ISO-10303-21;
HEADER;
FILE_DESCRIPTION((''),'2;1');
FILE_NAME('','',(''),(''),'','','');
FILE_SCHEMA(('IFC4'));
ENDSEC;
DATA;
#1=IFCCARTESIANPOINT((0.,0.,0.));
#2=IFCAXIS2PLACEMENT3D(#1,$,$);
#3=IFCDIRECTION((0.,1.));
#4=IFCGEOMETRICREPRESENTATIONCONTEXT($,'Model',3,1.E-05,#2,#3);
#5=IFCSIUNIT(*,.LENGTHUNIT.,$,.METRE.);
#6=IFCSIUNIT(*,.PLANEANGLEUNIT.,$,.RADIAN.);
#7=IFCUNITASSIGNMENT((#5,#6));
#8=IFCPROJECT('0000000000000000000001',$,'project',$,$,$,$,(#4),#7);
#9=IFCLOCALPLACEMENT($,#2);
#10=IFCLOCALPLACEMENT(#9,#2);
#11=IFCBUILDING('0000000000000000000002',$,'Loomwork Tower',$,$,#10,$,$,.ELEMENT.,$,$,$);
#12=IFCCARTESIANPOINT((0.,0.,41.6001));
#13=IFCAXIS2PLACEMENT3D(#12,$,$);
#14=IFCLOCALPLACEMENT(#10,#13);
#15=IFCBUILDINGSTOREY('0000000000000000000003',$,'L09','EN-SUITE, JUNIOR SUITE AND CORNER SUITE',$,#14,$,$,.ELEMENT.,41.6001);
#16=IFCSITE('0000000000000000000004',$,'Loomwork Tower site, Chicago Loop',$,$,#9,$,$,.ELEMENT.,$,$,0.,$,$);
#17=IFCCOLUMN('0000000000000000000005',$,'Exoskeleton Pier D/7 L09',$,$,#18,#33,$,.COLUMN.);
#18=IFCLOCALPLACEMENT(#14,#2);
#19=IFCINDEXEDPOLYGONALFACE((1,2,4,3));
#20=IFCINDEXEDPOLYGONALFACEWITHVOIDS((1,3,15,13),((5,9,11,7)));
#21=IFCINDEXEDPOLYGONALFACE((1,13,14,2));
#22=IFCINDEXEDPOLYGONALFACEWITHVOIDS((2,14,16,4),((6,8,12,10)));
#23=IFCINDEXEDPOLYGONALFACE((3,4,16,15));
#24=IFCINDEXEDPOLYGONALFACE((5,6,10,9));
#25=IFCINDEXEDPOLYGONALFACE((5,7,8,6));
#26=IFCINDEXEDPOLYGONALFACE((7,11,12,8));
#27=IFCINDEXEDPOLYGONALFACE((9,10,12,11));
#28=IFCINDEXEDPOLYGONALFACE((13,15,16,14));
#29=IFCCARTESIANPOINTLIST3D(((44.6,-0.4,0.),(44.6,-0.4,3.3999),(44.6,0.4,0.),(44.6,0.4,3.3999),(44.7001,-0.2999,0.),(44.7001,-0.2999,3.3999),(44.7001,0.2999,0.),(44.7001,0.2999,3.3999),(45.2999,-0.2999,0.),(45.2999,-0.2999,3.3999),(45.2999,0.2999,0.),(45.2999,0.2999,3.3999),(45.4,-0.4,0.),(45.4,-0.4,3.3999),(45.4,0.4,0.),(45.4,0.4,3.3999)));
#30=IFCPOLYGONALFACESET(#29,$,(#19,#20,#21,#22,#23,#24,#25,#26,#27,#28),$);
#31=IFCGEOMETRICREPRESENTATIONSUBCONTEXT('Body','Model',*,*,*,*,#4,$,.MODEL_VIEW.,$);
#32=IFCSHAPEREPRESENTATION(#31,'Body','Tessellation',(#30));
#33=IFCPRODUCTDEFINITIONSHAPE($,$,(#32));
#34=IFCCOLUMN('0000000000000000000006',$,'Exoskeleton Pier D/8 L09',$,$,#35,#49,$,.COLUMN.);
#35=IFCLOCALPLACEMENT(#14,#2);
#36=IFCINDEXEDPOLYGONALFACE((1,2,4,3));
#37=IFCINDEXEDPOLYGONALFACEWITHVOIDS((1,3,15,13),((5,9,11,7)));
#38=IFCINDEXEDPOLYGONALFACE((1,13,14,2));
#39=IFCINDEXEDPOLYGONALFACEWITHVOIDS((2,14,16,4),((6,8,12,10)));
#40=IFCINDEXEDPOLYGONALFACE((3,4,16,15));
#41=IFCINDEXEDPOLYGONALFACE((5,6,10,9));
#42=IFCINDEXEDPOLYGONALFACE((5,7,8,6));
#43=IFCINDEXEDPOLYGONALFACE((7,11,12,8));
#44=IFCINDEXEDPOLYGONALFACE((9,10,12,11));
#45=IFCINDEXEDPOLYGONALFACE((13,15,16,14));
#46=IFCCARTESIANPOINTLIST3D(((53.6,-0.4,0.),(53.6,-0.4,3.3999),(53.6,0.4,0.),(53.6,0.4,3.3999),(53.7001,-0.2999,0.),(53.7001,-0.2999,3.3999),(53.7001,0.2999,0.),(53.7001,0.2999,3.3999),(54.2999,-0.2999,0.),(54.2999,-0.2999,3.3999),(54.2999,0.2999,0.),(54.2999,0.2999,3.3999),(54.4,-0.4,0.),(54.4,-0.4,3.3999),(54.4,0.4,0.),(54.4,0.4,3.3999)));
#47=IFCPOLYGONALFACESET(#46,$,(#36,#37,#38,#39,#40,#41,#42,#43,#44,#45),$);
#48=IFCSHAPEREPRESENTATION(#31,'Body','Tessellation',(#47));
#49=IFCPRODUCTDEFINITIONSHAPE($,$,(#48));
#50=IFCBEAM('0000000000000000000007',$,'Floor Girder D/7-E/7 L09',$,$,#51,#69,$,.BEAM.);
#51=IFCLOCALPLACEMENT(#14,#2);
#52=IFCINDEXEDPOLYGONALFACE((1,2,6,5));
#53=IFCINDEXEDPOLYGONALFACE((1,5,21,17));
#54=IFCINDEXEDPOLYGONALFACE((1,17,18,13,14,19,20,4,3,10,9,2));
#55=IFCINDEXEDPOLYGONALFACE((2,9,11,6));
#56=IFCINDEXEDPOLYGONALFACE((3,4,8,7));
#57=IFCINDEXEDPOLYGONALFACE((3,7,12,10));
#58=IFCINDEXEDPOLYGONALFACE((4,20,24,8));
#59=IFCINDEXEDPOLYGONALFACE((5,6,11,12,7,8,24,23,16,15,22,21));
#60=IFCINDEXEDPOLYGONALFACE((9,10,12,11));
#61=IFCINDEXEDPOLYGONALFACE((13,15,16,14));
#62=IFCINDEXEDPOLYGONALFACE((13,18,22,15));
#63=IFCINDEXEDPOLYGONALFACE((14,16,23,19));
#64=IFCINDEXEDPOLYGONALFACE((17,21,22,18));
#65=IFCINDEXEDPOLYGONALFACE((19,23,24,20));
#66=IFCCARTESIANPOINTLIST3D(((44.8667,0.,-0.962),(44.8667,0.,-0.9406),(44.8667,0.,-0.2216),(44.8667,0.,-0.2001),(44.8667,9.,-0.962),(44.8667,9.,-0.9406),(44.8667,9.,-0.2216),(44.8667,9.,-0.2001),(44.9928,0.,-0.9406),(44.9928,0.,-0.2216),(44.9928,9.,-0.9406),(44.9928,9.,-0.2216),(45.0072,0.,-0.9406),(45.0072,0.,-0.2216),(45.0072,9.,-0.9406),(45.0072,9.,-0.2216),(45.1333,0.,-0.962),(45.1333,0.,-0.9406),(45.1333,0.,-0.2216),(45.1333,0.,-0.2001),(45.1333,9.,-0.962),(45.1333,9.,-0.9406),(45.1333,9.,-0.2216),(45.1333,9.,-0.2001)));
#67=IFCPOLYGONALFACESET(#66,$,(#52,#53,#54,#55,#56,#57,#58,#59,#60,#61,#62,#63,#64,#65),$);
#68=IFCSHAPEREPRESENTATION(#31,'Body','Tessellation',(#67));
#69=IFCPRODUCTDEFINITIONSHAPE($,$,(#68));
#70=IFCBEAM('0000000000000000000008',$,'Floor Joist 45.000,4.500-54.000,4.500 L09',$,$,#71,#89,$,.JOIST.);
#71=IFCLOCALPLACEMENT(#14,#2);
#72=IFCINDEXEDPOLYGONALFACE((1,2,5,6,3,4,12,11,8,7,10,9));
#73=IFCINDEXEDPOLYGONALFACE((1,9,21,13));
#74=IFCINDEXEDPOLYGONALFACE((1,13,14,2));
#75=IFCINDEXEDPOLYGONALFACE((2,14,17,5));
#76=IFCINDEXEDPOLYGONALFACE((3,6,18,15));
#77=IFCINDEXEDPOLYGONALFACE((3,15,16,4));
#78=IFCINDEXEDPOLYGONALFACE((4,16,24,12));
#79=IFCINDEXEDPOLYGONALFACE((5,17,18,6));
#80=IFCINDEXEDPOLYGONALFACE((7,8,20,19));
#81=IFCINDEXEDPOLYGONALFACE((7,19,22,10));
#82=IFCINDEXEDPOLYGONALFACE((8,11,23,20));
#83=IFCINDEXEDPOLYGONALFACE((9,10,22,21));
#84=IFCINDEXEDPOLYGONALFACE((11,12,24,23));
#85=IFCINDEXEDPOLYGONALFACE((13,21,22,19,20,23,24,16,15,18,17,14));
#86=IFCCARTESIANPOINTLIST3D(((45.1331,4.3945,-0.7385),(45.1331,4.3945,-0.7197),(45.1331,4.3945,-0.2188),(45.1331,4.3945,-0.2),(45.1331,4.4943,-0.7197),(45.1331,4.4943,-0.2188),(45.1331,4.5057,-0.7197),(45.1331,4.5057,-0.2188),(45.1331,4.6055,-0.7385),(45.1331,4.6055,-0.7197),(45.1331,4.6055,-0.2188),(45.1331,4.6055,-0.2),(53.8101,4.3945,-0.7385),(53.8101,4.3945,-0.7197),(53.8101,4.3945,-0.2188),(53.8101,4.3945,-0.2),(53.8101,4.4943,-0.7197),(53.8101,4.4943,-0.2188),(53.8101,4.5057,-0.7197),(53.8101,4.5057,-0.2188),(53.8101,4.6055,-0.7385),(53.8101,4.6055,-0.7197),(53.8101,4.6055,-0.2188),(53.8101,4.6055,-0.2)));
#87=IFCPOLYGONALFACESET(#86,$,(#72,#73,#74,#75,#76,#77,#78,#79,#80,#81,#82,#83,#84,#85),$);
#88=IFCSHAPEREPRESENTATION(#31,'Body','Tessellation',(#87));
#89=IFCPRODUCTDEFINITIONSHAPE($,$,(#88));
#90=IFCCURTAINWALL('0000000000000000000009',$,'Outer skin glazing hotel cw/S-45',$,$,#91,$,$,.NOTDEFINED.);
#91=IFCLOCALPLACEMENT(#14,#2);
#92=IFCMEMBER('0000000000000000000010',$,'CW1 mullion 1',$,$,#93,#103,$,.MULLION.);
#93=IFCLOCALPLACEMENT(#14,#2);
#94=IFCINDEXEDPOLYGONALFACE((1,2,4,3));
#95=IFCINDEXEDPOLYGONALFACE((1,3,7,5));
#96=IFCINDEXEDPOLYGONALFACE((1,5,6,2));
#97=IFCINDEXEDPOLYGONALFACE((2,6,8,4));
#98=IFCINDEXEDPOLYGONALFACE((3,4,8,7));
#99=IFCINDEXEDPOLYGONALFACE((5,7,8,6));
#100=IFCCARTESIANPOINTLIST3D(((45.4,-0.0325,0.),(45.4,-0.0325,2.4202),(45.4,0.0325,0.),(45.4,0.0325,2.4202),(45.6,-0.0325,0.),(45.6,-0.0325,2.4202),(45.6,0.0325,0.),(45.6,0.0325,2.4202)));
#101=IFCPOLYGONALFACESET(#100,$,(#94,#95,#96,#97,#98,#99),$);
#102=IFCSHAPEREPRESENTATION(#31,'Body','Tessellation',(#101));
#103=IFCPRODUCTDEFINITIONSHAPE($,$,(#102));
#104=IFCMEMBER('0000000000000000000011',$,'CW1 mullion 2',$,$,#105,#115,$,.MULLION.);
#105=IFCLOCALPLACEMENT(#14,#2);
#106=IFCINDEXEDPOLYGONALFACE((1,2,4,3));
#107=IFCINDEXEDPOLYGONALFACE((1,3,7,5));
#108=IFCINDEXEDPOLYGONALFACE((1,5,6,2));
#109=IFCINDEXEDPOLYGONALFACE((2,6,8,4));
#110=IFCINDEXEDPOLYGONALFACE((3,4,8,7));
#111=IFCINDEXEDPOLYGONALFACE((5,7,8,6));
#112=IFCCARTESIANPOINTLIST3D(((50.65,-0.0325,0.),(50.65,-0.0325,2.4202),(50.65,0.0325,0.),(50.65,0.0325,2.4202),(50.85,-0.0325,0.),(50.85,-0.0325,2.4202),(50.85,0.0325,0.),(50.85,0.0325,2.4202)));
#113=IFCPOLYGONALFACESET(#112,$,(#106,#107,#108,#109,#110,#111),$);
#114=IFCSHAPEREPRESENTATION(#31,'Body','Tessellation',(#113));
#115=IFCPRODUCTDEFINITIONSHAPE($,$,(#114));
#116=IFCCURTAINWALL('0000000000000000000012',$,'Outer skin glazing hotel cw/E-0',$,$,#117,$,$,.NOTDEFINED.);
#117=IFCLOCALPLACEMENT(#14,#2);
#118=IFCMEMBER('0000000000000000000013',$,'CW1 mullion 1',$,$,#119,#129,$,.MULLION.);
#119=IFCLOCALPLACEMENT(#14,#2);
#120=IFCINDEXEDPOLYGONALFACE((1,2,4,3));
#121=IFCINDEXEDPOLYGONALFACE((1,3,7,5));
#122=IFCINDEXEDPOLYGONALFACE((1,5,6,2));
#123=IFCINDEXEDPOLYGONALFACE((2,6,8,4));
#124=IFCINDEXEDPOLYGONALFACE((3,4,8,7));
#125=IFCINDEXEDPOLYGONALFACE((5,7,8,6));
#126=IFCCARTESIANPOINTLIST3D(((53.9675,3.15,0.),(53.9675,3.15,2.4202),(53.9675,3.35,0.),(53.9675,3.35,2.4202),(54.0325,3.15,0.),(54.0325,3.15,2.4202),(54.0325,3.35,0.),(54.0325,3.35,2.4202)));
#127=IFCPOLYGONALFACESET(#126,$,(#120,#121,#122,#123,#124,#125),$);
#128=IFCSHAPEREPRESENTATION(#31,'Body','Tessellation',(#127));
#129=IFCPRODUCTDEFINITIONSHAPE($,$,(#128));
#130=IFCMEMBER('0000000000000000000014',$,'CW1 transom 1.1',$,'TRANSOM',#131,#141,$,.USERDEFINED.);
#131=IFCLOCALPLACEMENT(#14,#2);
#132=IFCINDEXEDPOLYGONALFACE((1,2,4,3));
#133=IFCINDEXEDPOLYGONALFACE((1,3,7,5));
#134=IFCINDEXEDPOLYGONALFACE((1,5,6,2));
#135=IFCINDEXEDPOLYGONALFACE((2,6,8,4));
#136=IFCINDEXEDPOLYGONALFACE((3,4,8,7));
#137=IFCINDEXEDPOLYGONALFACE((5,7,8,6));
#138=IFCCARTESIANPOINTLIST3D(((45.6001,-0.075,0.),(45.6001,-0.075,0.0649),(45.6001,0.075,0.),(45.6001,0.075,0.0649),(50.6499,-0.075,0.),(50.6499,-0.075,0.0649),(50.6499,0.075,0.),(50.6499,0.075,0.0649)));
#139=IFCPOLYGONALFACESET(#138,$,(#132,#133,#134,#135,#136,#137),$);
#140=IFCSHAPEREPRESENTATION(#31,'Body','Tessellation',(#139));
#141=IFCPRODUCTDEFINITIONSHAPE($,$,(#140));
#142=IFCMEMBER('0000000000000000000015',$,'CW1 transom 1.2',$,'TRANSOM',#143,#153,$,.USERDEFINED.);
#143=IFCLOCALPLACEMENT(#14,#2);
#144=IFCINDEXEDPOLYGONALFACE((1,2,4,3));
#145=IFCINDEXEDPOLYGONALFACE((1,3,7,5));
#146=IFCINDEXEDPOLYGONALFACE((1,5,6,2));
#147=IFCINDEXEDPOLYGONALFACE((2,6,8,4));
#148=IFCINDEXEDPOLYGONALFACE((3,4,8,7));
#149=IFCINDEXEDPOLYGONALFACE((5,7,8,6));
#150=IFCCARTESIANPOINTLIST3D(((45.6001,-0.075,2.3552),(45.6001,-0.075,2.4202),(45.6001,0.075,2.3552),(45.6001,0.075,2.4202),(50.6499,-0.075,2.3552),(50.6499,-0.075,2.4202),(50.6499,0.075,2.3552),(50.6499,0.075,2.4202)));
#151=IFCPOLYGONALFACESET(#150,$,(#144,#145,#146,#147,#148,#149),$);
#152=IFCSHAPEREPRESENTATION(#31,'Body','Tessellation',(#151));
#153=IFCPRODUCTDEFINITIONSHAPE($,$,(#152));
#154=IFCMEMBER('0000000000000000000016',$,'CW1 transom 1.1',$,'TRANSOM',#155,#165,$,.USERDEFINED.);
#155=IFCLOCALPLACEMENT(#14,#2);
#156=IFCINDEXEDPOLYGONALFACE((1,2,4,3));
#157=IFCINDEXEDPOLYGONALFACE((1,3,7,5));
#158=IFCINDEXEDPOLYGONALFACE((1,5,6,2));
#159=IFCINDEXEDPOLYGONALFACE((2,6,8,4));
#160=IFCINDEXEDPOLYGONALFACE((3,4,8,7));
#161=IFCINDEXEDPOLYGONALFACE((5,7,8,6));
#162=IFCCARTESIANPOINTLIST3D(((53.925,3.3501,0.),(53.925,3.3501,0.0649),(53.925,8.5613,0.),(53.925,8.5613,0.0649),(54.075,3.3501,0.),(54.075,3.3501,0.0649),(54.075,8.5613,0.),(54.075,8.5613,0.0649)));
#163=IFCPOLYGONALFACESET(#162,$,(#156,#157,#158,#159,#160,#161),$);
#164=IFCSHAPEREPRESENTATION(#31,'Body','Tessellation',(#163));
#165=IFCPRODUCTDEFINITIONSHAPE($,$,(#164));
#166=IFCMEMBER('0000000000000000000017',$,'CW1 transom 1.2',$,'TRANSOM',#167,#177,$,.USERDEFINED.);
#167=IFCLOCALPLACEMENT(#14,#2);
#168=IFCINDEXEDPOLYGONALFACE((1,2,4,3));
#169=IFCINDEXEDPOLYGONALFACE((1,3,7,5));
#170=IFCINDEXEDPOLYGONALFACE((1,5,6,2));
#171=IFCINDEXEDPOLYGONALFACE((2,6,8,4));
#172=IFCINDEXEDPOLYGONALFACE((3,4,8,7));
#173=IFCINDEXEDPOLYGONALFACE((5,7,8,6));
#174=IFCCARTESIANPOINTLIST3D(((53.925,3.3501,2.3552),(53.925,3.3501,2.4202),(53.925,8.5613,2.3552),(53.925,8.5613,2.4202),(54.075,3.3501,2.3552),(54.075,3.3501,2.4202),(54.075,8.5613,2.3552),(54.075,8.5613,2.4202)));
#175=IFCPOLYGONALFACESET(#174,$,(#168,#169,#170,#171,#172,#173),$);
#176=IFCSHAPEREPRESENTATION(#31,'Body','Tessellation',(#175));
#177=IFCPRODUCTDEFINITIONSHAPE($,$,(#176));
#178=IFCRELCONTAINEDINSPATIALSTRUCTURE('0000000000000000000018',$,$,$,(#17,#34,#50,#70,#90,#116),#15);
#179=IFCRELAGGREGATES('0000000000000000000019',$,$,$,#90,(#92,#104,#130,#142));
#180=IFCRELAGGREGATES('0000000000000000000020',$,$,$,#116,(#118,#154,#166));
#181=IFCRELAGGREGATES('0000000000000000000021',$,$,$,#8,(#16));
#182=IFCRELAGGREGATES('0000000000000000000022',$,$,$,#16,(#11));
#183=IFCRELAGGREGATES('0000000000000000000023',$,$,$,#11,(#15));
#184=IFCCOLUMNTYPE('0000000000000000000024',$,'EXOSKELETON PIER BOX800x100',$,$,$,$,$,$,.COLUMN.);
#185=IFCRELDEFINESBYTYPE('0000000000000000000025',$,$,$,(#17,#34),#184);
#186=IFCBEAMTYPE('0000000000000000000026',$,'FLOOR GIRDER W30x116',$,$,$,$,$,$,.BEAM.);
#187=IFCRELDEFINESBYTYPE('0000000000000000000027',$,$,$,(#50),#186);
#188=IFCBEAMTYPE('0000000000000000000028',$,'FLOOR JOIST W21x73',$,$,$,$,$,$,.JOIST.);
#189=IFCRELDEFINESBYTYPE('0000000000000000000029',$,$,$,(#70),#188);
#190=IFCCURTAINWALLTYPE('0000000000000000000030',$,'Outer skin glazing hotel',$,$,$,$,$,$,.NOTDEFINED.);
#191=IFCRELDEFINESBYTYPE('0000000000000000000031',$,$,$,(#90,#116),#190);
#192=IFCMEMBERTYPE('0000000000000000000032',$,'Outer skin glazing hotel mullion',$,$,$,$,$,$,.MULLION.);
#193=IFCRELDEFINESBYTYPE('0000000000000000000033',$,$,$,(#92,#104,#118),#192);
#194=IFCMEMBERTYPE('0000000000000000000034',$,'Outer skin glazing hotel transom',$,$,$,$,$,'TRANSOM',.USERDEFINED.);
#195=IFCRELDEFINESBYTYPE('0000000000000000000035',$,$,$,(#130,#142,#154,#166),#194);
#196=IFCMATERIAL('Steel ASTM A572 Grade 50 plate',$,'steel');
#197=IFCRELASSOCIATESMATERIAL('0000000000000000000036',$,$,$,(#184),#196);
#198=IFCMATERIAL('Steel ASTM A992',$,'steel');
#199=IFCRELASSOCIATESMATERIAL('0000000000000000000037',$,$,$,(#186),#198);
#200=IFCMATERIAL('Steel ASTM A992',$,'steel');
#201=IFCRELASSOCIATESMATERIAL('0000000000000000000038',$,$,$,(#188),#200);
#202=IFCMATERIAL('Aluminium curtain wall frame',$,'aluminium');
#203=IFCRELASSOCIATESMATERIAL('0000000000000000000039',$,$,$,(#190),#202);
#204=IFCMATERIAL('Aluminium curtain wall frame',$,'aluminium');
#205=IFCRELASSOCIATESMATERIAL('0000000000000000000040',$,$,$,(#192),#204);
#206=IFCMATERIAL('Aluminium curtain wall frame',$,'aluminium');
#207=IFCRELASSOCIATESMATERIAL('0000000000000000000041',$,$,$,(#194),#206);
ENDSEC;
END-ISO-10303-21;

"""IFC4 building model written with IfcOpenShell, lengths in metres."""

from ifc_helpers import new_model, si_unit, direction, frame, origin, origin_2d, place, context, subcontext, project, spatial, rectangle, hollow_rectangle, i_section, extrude, material, material_profile, profile_set, type_object, element, aggregate, save


model = new_model("IFC4")

# Units and contexts
model_context = context("Model", 3, precision=1e-05, world=origin(), true_north=direction((0.0, 1.0)))
body_context = subcontext(model_context, "Body", "Model", "MODEL_VIEW")
ifc_project = project(units=[si_unit("LENGTHUNIT", "METRE"), si_unit("PLANEANGLEUNIT", "RADIAN")], contexts=[model_context])

# Site, building, storey
site_placement = place(None, origin())
site = spatial("IfcSite", under=ifc_project, at=site_placement, Name="Loomwork Tower site, Chicago Loop", CompositionType="ELEMENT", RefElevation=0.0)
building_placement = place(site_placement, origin())
building = spatial("IfcBuilding", under=site, at=building_placement, Name="Loomwork Tower", CompositionType="ELEMENT")
storey_placement = place(building_placement, frame((0.0, 0.0, 41.6001)))
storey = spatial("IfcBuildingStorey", under=building, at=storey_placement, Name="L09", Description="EN-SUITE, JUNIOR SUITE AND CORNER SUITE", CompositionType="ELEMENT", Elevation=41.6001)

# Columns
ifc_material_1 = material(Name="Steel ASTM A572 Grade 50 plate", Category="steel")
ifc_material_profile_1 = material_profile(ifc_material_1, hollow_rectangle(XDim=0.8, YDim=0.8, WallThickness=0.1001, at=origin_2d()), Name="BOX800x100")
ifc_profile_set_1 = profile_set([ifc_material_profile_1], Name="Steel ASTM A572 Grade 50 plate")
column_type = type_object("IfcColumnType", Name="EXOSKELETON PIER BOX800x100", PredefinedType="COLUMN", material=ifc_profile_set_1)
for number, where, z_axis, x_axis, name in (
    (1, (45.0, 0.0, 0.0), (0.0, 0.0, 1.0), (1.0, 0.0, 0.0), "Exoskeleton Pier D/7 L09"),
    (2, (54.0, 0.0, 0.0), (0.0, 0.0, 1.0), (1.0, 0.0, 0.0), "Exoskeleton Pier D/8 L09"),
):
    element("IfcColumn", number, at=place(storey_placement, frame(where, z_axis=z_axis, x_axis=x_axis)), inside=storey, type_object=column_type, Name=name, PredefinedType="COLUMN", context=body_context, shape_type="SweptSolid", body=[
        extrude(hollow_rectangle(XDim=0.8, YDim=0.8, WallThickness=0.1001, at=origin_2d()), origin(), (0.0, 0.0, 1.0), 3.3999),
    ])

# Beams
ifc_material_2 = material(Name="Steel ASTM A992", Category="steel")
ifc_material_profile_2 = material_profile(ifc_material_2, i_section(OverallWidth=0.2666, OverallDepth=0.762, WebThickness=0.0144, FlangeThickness=0.0215, at=origin_2d()), Name="W30x116")
ifc_profile_set_2 = profile_set([ifc_material_profile_2], Name="Steel ASTM A992")
beam_type_1 = type_object("IfcBeamType", Name="FLOOR GIRDER W30x116", PredefinedType="BEAM", material=ifc_profile_set_2)
beam_1_placement = place(storey_placement, frame((45.0, 0.0, -0.5811), z_axis=(0.0, 1.0, 0.0), x_axis=(-1.0, 0.0, 0.0)))
element("IfcBeam", 3, at=beam_1_placement, inside=storey, type_object=beam_type_1, Name="Floor Girder D/7-E/7 L09", PredefinedType="BEAM", context=body_context, shape_type="SweptSolid", body=[
    extrude(i_section(OverallWidth=0.2666, OverallDepth=0.762, WebThickness=0.0144, FlangeThickness=0.0215, at=origin_2d()), origin(), (0.0, 0.0, 1.0), 9.0),
])
ifc_material_3 = material(Name="Steel ASTM A992", Category="steel")
ifc_material_profile_3 = material_profile(ifc_material_3, i_section(OverallWidth=0.2109, OverallDepth=0.5386, WebThickness=0.0115, FlangeThickness=0.0188, at=origin_2d()), Name="W21x73")
ifc_profile_set_3 = profile_set([ifc_material_profile_3], Name="Steel ASTM A992")
beam_type_2 = type_object("IfcBeamType", Name="FLOOR JOIST W21x73", PredefinedType="JOIST", material=ifc_profile_set_3)
beam_2_placement = place(storey_placement, frame((45.1331, 4.5, -0.4692), z_axis=(1.0, 0.0, 0.0), x_axis=(0.0, 1.0, 0.0)))
element("IfcBeam", 4, at=beam_2_placement, inside=storey, type_object=beam_type_2, Name="Floor Joist 45.000,4.500-54.000,4.500 L09", PredefinedType="JOIST", context=body_context, shape_type="SweptSolid", body=[
    extrude(i_section(OverallWidth=0.2109, OverallDepth=0.5386, WebThickness=0.0115, FlangeThickness=0.0188, at=origin_2d()), origin(), (0.0, 0.0, 1.0), 8.677),
])

# Curtain wall, members
ifc_material_4 = material(Name="Aluminium curtain wall frame", Category="aluminium")
curtain_wall_type = type_object("IfcCurtainWallType", Name="Outer skin glazing hotel", PredefinedType="NOTDEFINED", material=ifc_material_4)
curtain_wall_1_placement = place(storey_placement, origin())
curtain_wall_1 = element("IfcCurtainWall", 5, at=curtain_wall_1_placement, inside=storey, type_object=curtain_wall_type, Name="Outer skin glazing hotel cw/S-45", PredefinedType="NOTDEFINED")
ifc_material_5 = material(Name="Aluminium curtain wall frame", Category="aluminium")
ifc_material_profile_4 = material_profile(ifc_material_5, rectangle(XDim=0.0649, YDim=0.2, at=origin_2d()), Name="AL 65x200")
ifc_profile_set_4 = profile_set([ifc_material_profile_4], Name="Aluminium curtain wall frame")
member_type_1 = type_object("IfcMemberType", Name="Outer skin glazing hotel mullion", PredefinedType="MULLION", material=ifc_profile_set_4)
member_1_placement = place(storey_placement, frame((45.5, 0.0, 0.0), z_axis=(0.0, 0.0, 1.0), x_axis=(0.0, 1.0, 0.0)))
member_1 = element("IfcMember", 6, at=member_1_placement, type_object=member_type_1, Name="CW1 mullion 1", PredefinedType="MULLION", context=body_context, shape_type="SweptSolid", body=[
    extrude(rectangle(XDim=0.0649, YDim=0.2, at=origin_2d()), origin(), (0.0, 0.0, 1.0), 2.4202),
])
member_2_placement = place(storey_placement, frame((50.75, 0.0, 0.0), z_axis=(0.0, 0.0, 1.0), x_axis=(0.0, 1.0, 0.0)))
member_2 = element("IfcMember", 7, at=member_2_placement, type_object=member_type_1, Name="CW1 mullion 2", PredefinedType="MULLION", context=body_context, shape_type="SweptSolid", body=[
    extrude(rectangle(XDim=0.0649, YDim=0.2, at=origin_2d()), origin(), (0.0, 0.0, 1.0), 2.4202),
])

# Curtain wall, member
curtain_wall_2_placement = place(storey_placement, origin())
curtain_wall_2 = element("IfcCurtainWall", 8, at=curtain_wall_2_placement, inside=storey, type_object=curtain_wall_type, Name="Outer skin glazing hotel cw/E-0", PredefinedType="NOTDEFINED")
member_3_placement = place(storey_placement, frame((54.0, 3.25, 0.0), z_axis=(0.0, 0.0, 1.0), x_axis=(-1.0, 0.0, 0.0)))
member_3 = element("IfcMember", 9, at=member_3_placement, type_object=member_type_1, Name="CW1 mullion 1", PredefinedType="MULLION", context=body_context, shape_type="SweptSolid", body=[
    extrude(rectangle(XDim=0.0649, YDim=0.2, at=origin_2d()), origin(), (0.0, 0.0, 1.0), 2.4202),
])

# Members
ifc_material_6 = material(Name="Aluminium curtain wall frame", Category="aluminium")
ifc_material_profile_5 = material_profile(ifc_material_6, rectangle(XDim=0.1499, YDim=0.0649, at=origin_2d()), Name="AL 65x150")
ifc_profile_set_5 = profile_set([ifc_material_profile_5], Name="Aluminium curtain wall frame")
member_type_2 = type_object("IfcMemberType", Name="Outer skin glazing hotel transom", ElementType="TRANSOM", PredefinedType="USERDEFINED", material=ifc_profile_set_5)
member_4_placement = place(storey_placement, frame((45.6001, 0.0, 0.0325), z_axis=(1.0, 0.0, 0.0), x_axis=(0.0, 1.0, 0.0)))
member_4 = element("IfcMember", 10, at=member_4_placement, type_object=member_type_2, Name="CW1 transom 1.1", ObjectType="TRANSOM", PredefinedType="USERDEFINED", context=body_context, shape_type="SweptSolid", body=[
    extrude(rectangle(XDim=0.1499, YDim=0.0649, at=origin_2d()), origin(), (0.0, 0.0, 1.0), 5.0498),
])
member_5_placement = place(storey_placement, frame((45.6001, 0.0, 2.3877), z_axis=(1.0, 0.0, 0.0), x_axis=(0.0, 1.0, 0.0)))
member_5 = element("IfcMember", 11, at=member_5_placement, type_object=member_type_2, Name="CW1 transom 1.2", ObjectType="TRANSOM", PredefinedType="USERDEFINED", context=body_context, shape_type="SweptSolid", body=[
    extrude(rectangle(XDim=0.1499, YDim=0.0649, at=origin_2d()), origin(), (0.0, 0.0, 1.0), 5.0498),
])
member_6_placement = place(storey_placement, frame((54.0, 3.3501, 0.0325), z_axis=(0.0, 1.0, 0.0), x_axis=(-1.0, 0.0, 0.0)))
member_6 = element("IfcMember", 12, at=member_6_placement, type_object=member_type_2, Name="CW1 transom 1.1", ObjectType="TRANSOM", PredefinedType="USERDEFINED", context=body_context, shape_type="SweptSolid", body=[
    extrude(rectangle(XDim=0.1499, YDim=0.0649, at=origin_2d()), origin(), (0.0, 0.0, 1.0), 5.2112),
])
member_7_placement = place(storey_placement, frame((54.0, 3.3501, 2.3877), z_axis=(0.0, 1.0, 0.0), x_axis=(-1.0, 0.0, 0.0)))
member_7 = element("IfcMember", 13, at=member_7_placement, type_object=member_type_2, Name="CW1 transom 1.2", ObjectType="TRANSOM", PredefinedType="USERDEFINED", context=body_context, shape_type="SweptSolid", body=[
    extrude(rectangle(XDim=0.1499, YDim=0.0649, at=origin_2d()), origin(), (0.0, 0.0, 1.0), 5.2112),
])

aggregate(curtain_wall_1, [member_1, member_2, member_4, member_5])
aggregate(curtain_wall_2, [member_3, member_6, member_7])

save(model, "model.ifc")
